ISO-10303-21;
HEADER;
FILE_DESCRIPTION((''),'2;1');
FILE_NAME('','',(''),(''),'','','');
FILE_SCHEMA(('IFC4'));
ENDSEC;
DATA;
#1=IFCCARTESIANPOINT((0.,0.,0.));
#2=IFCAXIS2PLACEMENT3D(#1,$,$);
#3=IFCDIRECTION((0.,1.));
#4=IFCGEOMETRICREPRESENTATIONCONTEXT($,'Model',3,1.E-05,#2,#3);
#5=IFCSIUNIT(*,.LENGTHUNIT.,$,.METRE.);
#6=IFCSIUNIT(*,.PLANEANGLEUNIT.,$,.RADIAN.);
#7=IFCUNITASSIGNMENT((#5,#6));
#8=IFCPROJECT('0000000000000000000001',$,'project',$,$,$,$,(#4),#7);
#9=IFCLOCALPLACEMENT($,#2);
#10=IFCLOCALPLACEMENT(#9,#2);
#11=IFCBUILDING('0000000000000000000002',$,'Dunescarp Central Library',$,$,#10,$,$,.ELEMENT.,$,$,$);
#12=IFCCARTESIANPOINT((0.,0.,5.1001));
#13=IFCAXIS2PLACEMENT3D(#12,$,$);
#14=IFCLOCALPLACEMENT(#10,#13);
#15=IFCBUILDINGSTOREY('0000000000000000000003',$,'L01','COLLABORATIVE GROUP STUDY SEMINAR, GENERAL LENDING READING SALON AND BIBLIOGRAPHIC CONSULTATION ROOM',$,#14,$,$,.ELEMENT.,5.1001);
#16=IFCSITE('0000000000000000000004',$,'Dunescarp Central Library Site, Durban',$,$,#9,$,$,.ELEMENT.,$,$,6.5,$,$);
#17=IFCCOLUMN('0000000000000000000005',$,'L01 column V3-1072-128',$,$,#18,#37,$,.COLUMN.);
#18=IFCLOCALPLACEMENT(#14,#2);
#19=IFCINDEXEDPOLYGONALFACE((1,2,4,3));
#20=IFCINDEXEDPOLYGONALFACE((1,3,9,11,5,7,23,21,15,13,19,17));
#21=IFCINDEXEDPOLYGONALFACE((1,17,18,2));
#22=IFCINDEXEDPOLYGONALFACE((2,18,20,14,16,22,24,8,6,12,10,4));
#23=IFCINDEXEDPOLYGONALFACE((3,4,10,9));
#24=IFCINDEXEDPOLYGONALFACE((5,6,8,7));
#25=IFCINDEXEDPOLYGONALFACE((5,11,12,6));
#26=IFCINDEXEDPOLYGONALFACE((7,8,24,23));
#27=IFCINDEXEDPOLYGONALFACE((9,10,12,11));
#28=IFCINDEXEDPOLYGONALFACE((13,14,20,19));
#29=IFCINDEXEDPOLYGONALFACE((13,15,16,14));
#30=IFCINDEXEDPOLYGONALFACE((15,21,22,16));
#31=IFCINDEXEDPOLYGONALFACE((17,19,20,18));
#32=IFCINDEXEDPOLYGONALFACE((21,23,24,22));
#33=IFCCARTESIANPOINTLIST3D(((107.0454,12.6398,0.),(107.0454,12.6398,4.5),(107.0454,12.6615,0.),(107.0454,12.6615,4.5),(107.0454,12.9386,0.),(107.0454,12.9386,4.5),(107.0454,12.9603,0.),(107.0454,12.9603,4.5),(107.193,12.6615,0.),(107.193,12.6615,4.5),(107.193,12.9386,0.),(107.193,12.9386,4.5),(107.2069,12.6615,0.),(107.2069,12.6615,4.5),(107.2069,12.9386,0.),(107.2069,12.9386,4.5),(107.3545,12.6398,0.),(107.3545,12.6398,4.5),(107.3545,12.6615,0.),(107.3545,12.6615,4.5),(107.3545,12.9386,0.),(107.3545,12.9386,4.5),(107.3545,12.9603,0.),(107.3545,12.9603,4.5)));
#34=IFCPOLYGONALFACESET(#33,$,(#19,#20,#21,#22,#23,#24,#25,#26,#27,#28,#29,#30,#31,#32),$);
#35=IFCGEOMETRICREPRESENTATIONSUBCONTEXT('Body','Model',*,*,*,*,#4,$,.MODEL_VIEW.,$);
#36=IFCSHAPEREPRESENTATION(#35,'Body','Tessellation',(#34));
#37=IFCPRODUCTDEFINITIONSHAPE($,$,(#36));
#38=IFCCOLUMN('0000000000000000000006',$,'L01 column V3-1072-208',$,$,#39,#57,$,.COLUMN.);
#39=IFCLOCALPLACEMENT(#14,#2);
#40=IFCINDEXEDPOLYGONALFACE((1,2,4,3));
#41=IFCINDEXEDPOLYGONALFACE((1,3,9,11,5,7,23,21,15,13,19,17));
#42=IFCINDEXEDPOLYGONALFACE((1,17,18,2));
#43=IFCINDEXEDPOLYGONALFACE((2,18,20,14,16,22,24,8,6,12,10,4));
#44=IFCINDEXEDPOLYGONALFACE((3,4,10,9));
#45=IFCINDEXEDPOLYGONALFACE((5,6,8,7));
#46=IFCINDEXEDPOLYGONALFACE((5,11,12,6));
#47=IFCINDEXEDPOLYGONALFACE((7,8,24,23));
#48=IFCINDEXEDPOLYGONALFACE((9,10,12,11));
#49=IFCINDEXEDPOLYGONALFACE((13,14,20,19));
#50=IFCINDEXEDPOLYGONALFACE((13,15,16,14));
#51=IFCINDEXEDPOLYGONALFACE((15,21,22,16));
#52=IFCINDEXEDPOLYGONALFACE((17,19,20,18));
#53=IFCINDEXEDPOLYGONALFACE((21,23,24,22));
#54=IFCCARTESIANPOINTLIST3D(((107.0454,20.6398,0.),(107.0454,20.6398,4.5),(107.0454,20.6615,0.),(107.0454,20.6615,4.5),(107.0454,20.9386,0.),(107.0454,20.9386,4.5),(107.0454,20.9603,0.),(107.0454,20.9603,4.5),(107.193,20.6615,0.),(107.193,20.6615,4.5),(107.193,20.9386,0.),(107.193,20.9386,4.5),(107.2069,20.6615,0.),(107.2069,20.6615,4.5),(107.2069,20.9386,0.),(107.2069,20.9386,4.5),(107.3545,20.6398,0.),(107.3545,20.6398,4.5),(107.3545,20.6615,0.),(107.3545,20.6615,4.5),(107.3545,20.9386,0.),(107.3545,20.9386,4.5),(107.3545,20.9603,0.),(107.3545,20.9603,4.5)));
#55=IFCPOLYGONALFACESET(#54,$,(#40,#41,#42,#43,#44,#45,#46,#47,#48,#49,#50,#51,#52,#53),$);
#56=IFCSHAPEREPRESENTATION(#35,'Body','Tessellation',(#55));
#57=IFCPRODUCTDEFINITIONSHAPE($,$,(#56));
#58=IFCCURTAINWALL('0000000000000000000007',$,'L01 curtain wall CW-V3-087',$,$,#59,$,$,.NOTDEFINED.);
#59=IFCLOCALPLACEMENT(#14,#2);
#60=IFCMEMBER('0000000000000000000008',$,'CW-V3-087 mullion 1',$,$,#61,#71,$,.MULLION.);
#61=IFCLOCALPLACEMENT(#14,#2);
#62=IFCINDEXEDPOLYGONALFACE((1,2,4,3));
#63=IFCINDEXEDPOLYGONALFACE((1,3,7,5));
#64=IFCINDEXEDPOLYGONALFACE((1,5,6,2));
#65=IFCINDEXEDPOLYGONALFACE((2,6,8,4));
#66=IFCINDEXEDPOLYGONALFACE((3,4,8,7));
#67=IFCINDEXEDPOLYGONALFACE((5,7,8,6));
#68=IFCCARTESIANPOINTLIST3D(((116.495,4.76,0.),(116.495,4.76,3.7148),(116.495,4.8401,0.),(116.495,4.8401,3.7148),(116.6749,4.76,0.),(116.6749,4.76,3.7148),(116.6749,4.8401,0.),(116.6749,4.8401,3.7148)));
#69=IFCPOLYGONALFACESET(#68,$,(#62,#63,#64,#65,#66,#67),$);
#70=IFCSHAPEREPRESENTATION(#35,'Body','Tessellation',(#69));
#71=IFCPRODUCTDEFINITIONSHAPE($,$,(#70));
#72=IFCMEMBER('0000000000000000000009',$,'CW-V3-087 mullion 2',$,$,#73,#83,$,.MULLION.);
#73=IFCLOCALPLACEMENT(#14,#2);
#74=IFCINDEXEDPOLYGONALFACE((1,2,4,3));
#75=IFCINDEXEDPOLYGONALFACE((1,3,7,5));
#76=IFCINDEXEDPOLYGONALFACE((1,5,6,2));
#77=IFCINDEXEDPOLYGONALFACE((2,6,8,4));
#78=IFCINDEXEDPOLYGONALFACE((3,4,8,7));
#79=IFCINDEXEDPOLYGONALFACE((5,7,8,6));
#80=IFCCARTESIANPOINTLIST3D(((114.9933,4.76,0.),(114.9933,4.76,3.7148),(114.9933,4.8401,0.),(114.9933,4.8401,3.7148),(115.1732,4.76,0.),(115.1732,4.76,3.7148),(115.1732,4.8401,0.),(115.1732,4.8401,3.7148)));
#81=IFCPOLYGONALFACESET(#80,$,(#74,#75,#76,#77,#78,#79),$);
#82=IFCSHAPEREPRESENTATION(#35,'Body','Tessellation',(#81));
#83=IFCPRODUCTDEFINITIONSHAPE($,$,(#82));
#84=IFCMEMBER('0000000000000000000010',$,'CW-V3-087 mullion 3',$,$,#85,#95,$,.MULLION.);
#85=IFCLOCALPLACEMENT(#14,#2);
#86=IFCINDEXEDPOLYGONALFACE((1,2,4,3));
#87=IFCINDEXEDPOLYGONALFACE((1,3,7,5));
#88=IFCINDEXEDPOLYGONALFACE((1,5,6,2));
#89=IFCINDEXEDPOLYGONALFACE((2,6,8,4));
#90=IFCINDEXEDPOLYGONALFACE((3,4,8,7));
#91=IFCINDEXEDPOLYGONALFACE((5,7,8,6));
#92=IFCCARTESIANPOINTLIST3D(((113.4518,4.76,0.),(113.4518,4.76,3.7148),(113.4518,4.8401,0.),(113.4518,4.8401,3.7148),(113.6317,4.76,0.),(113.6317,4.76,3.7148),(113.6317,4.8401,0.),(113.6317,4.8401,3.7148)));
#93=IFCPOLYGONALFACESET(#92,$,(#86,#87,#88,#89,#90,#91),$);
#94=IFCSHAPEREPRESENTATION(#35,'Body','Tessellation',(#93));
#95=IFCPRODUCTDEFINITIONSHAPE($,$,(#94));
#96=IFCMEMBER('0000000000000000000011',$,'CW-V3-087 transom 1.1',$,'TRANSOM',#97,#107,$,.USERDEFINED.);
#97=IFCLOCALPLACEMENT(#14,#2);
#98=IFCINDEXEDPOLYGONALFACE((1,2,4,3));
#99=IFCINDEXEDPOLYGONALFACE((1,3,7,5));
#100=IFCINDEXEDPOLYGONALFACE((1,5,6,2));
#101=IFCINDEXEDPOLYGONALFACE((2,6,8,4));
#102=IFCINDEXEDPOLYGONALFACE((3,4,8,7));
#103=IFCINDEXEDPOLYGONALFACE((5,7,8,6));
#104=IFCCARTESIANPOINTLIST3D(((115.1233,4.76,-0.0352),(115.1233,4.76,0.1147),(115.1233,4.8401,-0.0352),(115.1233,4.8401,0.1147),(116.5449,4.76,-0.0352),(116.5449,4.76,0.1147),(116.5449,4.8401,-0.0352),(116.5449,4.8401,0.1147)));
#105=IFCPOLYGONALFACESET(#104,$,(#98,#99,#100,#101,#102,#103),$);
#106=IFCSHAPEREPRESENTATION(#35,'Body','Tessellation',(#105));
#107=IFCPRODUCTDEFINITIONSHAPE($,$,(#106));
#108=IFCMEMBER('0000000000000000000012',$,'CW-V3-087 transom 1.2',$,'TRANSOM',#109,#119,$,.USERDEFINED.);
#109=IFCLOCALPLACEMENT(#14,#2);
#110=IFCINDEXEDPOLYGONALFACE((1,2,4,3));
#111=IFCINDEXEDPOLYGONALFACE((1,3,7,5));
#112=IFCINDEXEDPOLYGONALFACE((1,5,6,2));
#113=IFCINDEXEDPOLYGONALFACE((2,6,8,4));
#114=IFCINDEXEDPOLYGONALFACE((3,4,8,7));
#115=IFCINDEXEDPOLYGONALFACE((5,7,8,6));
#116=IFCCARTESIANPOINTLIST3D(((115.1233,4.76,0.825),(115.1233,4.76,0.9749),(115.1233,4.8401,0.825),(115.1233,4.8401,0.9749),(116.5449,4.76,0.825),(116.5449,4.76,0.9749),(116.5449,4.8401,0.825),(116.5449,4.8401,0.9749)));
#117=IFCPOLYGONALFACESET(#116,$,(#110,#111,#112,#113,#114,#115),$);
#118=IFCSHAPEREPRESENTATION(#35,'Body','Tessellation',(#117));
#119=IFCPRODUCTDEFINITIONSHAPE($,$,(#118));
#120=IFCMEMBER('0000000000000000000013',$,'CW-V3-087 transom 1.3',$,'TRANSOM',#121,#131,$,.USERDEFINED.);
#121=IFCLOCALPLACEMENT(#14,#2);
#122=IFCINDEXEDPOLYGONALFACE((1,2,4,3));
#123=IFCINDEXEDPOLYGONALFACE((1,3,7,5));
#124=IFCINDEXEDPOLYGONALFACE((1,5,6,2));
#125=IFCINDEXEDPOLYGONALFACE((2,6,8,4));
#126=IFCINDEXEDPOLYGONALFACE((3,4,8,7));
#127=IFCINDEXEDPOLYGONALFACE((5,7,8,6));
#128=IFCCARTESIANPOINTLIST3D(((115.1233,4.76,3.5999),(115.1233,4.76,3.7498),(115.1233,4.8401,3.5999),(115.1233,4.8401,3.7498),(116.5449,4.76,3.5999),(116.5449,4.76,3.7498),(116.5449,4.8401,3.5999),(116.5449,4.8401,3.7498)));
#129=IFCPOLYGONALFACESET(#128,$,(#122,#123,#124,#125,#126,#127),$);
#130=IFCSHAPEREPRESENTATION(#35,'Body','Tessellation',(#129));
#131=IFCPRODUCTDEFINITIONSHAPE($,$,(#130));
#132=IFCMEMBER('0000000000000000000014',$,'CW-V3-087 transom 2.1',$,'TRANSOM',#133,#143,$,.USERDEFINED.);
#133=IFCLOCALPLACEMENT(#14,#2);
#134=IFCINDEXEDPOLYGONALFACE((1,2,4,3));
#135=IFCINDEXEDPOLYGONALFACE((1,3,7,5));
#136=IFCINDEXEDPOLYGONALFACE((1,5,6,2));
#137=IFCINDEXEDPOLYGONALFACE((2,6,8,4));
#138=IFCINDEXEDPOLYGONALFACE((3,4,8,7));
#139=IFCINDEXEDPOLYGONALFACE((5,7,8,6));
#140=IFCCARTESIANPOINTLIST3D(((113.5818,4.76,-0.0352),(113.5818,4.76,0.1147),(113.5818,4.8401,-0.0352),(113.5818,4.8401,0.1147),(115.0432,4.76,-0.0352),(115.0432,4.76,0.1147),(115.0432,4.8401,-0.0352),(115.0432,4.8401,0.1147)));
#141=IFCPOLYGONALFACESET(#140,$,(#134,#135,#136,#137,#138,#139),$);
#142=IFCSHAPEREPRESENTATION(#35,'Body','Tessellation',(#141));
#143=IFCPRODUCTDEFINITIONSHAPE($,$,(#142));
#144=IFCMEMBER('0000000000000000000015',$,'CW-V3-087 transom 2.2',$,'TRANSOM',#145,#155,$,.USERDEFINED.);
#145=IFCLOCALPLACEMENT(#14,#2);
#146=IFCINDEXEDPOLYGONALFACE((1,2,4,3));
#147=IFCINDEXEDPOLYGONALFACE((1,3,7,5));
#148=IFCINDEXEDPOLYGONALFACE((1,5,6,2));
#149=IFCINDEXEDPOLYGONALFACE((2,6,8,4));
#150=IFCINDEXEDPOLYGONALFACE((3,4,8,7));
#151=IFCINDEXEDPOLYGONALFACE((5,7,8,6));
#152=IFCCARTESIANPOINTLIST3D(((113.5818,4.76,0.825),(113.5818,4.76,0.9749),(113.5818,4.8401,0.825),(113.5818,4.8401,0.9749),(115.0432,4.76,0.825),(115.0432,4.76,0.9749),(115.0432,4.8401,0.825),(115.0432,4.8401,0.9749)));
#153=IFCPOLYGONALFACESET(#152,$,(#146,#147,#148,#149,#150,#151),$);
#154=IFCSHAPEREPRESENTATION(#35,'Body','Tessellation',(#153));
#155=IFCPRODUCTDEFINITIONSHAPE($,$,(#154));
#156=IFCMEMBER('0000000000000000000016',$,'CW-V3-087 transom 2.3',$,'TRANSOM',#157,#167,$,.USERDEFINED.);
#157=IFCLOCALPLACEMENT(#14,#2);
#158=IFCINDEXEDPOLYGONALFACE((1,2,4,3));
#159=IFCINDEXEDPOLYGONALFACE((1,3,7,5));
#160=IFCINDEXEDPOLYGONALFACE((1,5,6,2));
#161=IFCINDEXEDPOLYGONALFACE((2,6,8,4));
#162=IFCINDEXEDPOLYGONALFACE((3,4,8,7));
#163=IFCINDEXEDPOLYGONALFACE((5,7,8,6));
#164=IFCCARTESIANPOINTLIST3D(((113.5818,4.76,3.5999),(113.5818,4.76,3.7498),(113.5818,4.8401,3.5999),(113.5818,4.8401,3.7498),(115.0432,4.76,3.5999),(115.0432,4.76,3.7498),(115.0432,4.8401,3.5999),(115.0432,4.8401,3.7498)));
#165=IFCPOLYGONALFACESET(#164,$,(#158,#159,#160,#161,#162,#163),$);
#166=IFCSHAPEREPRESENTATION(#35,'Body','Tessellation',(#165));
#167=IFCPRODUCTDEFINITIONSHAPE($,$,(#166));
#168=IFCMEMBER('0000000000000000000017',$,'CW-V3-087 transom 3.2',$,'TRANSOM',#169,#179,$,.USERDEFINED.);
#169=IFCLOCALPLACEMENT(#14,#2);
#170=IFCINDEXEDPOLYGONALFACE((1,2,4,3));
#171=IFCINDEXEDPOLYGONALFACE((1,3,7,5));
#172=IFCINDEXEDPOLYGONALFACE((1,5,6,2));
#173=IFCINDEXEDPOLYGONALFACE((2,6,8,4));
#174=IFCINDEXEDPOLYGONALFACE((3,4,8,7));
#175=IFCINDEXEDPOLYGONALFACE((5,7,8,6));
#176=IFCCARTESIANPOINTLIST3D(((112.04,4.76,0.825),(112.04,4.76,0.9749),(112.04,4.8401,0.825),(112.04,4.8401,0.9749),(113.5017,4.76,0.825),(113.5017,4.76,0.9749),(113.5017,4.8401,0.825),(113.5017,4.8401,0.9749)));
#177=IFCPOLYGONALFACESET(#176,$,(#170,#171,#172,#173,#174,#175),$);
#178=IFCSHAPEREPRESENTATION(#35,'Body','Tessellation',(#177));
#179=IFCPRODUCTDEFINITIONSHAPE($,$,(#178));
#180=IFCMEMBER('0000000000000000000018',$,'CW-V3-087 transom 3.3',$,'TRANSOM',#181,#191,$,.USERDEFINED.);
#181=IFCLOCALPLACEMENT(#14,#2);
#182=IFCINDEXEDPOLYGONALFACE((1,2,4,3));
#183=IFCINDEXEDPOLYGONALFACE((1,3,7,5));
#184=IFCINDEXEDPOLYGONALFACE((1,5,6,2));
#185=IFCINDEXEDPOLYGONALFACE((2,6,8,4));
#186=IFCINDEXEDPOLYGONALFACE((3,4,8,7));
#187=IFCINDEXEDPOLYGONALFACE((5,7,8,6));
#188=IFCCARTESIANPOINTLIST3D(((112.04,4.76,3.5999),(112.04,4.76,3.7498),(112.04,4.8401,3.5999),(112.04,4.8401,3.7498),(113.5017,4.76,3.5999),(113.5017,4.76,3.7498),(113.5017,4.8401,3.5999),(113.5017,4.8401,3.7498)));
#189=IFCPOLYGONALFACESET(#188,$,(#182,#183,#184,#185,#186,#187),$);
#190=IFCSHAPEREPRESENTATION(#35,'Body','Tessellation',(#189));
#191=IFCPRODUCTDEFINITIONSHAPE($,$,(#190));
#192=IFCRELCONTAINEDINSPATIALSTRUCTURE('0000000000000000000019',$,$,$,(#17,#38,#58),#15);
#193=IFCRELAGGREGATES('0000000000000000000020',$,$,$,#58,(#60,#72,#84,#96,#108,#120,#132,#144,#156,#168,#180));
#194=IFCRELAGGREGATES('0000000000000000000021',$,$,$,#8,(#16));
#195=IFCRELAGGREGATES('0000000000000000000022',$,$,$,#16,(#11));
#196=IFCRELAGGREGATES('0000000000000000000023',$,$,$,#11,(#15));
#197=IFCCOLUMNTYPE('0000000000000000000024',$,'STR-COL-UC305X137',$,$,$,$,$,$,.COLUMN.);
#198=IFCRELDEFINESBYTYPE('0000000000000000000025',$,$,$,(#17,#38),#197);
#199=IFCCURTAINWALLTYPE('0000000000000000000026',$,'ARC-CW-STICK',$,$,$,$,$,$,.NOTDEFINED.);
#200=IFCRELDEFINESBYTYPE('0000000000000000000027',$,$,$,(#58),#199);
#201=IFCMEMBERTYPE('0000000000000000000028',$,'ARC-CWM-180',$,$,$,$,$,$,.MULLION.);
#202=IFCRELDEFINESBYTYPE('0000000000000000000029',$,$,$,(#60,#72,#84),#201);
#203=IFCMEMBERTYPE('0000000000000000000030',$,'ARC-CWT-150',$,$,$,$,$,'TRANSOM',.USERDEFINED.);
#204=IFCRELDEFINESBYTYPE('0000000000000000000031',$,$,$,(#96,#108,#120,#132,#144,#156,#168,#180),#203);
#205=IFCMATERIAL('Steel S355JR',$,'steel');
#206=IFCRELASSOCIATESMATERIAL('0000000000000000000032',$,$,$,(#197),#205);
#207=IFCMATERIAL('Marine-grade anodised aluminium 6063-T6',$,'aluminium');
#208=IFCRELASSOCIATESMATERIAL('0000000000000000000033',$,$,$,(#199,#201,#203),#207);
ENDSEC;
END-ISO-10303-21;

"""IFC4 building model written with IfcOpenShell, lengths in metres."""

from ifc_helpers import new_model, si_unit, direction, frame, origin, origin_2d, place, context, subcontext, project, spatial, rectangle, i_section, extrude, material, material_profile, profile_set, type_object, element, aggregate, save


model = new_model("IFC4")

# Units and contexts
model_context = context("Model", 3, precision=1e-05, world=origin(), true_north=direction((0.0, 1.0)))
body_context = subcontext(model_context, "Body", "Model", "MODEL_VIEW")
ifc_project = project(units=[si_unit("LENGTHUNIT", "METRE"), si_unit("PLANEANGLEUNIT", "RADIAN")], contexts=[model_context])

# Site, building, storey
site_placement = place(None, origin())
site = spatial("IfcSite", under=ifc_project, at=site_placement, Name="Dunescarp Central Library Site, Durban", CompositionType="ELEMENT", RefElevation=6.5)
building_placement = place(site_placement, origin())
building = spatial("IfcBuilding", under=site, at=building_placement, Name="Dunescarp Central Library", CompositionType="ELEMENT")
storey_placement = place(building_placement, frame((0.0, 0.0, 5.1001)))
storey = spatial("IfcBuildingStorey", under=building, at=storey_placement, Name="L01", Description="COLLABORATIVE GROUP STUDY SEMINAR, GENERAL LENDING READING SALON AND BIBLIOGRAPHIC CONSULTATION ROOM", CompositionType="ELEMENT", Elevation=5.1001)

# Columns
ifc_material_1 = material(Name="Steel S355JR", Category="steel")
ifc_material_profile_1 = material_profile(ifc_material_1, i_section(OverallWidth=0.3091, OverallDepth=0.3206, WebThickness=0.0139, FlangeThickness=0.0217, at=origin_2d()), Name="UC 305x305x137")
ifc_profile_set_1 = profile_set([ifc_material_profile_1], Name="Steel S355JR")
column_type = type_object("IfcColumnType", Name="STR-COL-UC305X137", PredefinedType="COLUMN", material=ifc_profile_set_1)
for number, where, z_axis, x_axis, name in (
    (1, (107.2, 12.8, 0.0), (0.0, 0.0, 1.0), (1.0, 0.0, 0.0), "L01 column V3-1072-128"),
    (2, (107.2, 20.8, 0.0), (0.0, 0.0, 1.0), (1.0, 0.0, 0.0), "L01 column V3-1072-208"),
):
    element("IfcColumn", number, at=place(storey_placement, frame(where, z_axis=z_axis, x_axis=x_axis)), inside=storey, type_object=column_type, Name=name, PredefinedType="COLUMN", context=body_context, shape_type="SweptSolid", body=[
        extrude(i_section(OverallWidth=0.3091, OverallDepth=0.3206, WebThickness=0.0139, FlangeThickness=0.0217, at=origin_2d()), origin(), (0.0, 0.0, 1.0), 4.5),
    ])

# Curtain wall, members
ifc_material_2 = material(Name="Marine-grade anodised aluminium 6063-T6", Category="aluminium")
curtain_wall_type = type_object("IfcCurtainWallType", Name="ARC-CW-STICK", PredefinedType="NOTDEFINED", material=ifc_material_2)
curtain_wall_placement = place(storey_placement, origin())
curtain_wall = element("IfcCurtainWall", 3, at=curtain_wall_placement, inside=storey, type_object=curtain_wall_type, Name="L01 curtain wall CW-V3-087", PredefinedType="NOTDEFINED")
ifc_material_profile_2 = material_profile(ifc_material_2, rectangle(XDim=0.0801, YDim=0.1799, at=origin_2d()), Name="AL 80x180")
ifc_profile_set_2 = profile_set([ifc_material_profile_2], Name="Marine-grade anodised aluminium 6063-T6")
member_type_1 = type_object("IfcMemberType", Name="ARC-CWM-180", PredefinedType="MULLION", material=ifc_profile_set_2)
member_1_placement = place(storey_placement, frame((116.585, 4.8, 0.0), z_axis=(0.0, 0.0, 1.0), x_axis=(0.0, -1.0, 0.0)))
member_1 = element("IfcMember", 4, at=member_1_placement, type_object=member_type_1, Name="CW-V3-087 mullion 1", PredefinedType="MULLION", context=body_context, shape_type="SweptSolid", body=[
    extrude(rectangle(XDim=0.0801, YDim=0.1799, at=origin_2d()), origin(), (0.0, 0.0, 1.0), 3.7148),
])
member_2_placement = place(storey_placement, frame((115.0833, 4.8, 0.0), z_axis=(0.0, 0.0, 1.0), x_axis=(0.0, -1.0, 0.0)))
member_2 = element("IfcMember", 5, at=member_2_placement, type_object=member_type_1, Name="CW-V3-087 mullion 2", PredefinedType="MULLION", context=body_context, shape_type="SweptSolid", body=[
    extrude(rectangle(XDim=0.0801, YDim=0.1799, at=origin_2d()), origin(), (0.0, 0.0, 1.0), 3.7148),
])
member_3_placement = place(storey_placement, frame((113.5417, 4.8, 0.0), z_axis=(0.0, 0.0, 1.0), x_axis=(0.0, -1.0, 0.0)))
member_3 = element("IfcMember", 6, at=member_3_placement, type_object=member_type_1, Name="CW-V3-087 mullion 3", PredefinedType="MULLION", context=body_context, shape_type="SweptSolid", body=[
    extrude(rectangle(XDim=0.0801, YDim=0.1799, at=origin_2d()), origin(), (0.0, 0.0, 1.0), 3.7148),
])
ifc_material_profile_3 = material_profile(ifc_material_2, rectangle(XDim=0.0801, YDim=0.1499, at=origin_2d()), Name="AL 80x150")
ifc_profile_set_3 = profile_set([ifc_material_profile_3], Name="Marine-grade anodised aluminium 6063-T6")
member_type_2 = type_object("IfcMemberType", Name="ARC-CWT-150", ElementType="TRANSOM", PredefinedType="USERDEFINED", material=ifc_profile_set_3)
member_4_placement = place(storey_placement, frame((116.5449, 4.8, 0.0398), z_axis=(-1.0, 0.0, 0.0), x_axis=(0.0, -1.0, 0.0)))
member_4 = element("IfcMember", 7, at=member_4_placement, type_object=member_type_2, Name="CW-V3-087 transom 1.1", ObjectType="TRANSOM", PredefinedType="USERDEFINED", context=body_context, shape_type="SweptSolid", body=[
    extrude(rectangle(XDim=0.0801, YDim=0.1499, at=origin_2d()), origin(), (0.0, 0.0, 1.0), 1.4216),
])
member_5_placement = place(storey_placement, frame((116.5449, 4.8, 0.8999), z_axis=(-1.0, 0.0, 0.0), x_axis=(0.0, -1.0, 0.0)))
member_5 = element("IfcMember", 8, at=member_5_placement, type_object=member_type_2, Name="CW-V3-087 transom 1.2", ObjectType="TRANSOM", PredefinedType="USERDEFINED", context=body_context, shape_type="SweptSolid", body=[
    extrude(rectangle(XDim=0.0801, YDim=0.1499, at=origin_2d()), origin(), (0.0, 0.0, 1.0), 1.4216),
])
member_6_placement = place(storey_placement, frame((116.5449, 4.8, 3.6748), z_axis=(-1.0, 0.0, 0.0), x_axis=(0.0, -1.0, 0.0)))
member_6 = element("IfcMember", 9, at=member_6_placement, type_object=member_type_2, Name="CW-V3-087 transom 1.3", ObjectType="TRANSOM", PredefinedType="USERDEFINED", context=body_context, shape_type="SweptSolid", body=[
    extrude(rectangle(XDim=0.0801, YDim=0.1499, at=origin_2d()), origin(), (0.0, 0.0, 1.0), 1.4216),
])
member_7_placement = place(storey_placement, frame((115.0432, 4.8, 0.0398), z_axis=(-1.0, 0.0, 0.0), x_axis=(0.0, -1.0, 0.0)))
member_7 = element("IfcMember", 10, at=member_7_placement, type_object=member_type_2, Name="CW-V3-087 transom 2.1", ObjectType="TRANSOM", PredefinedType="USERDEFINED", context=body_context, shape_type="SweptSolid", body=[
    extrude(rectangle(XDim=0.0801, YDim=0.1499, at=origin_2d()), origin(), (0.0, 0.0, 1.0), 1.4614),
])
member_8_placement = place(storey_placement, frame((115.0432, 4.8, 0.8999), z_axis=(-1.0, 0.0, 0.0), x_axis=(0.0, -1.0, 0.0)))
member_8 = element("IfcMember", 11, at=member_8_placement, type_object=member_type_2, Name="CW-V3-087 transom 2.2", ObjectType="TRANSOM", PredefinedType="USERDEFINED", context=body_context, shape_type="SweptSolid", body=[
    extrude(rectangle(XDim=0.0801, YDim=0.1499, at=origin_2d()), origin(), (0.0, 0.0, 1.0), 1.4614),
])
member_9_placement = place(storey_placement, frame((115.0432, 4.8, 3.6748), z_axis=(-1.0, 0.0, 0.0), x_axis=(0.0, -1.0, 0.0)))
member_9 = element("IfcMember", 12, at=member_9_placement, type_object=member_type_2, Name="CW-V3-087 transom 2.3", ObjectType="TRANSOM", PredefinedType="USERDEFINED", context=body_context, shape_type="SweptSolid", body=[
    extrude(rectangle(XDim=0.0801, YDim=0.1499, at=origin_2d()), origin(), (0.0, 0.0, 1.0), 1.4614),
])
member_10_placement = place(storey_placement, frame((113.5017, 4.8, 0.8999), z_axis=(-1.0, 0.0, 0.0), x_axis=(0.0, -1.0, 0.0)))
member_10 = element("IfcMember", 13, at=member_10_placement, type_object=member_type_2, Name="CW-V3-087 transom 3.2", ObjectType="TRANSOM", PredefinedType="USERDEFINED", context=body_context, shape_type="SweptSolid", body=[
    extrude(rectangle(XDim=0.0801, YDim=0.1499, at=origin_2d()), origin(), (0.0, 0.0, 1.0), 1.4617),
])
member_11_placement = place(storey_placement, frame((113.5017, 4.8, 3.6748), z_axis=(-1.0, 0.0, 0.0), x_axis=(0.0, -1.0, 0.0)))
member_11 = element("IfcMember", 14, at=member_11_placement, type_object=member_type_2, Name="CW-V3-087 transom 3.3", ObjectType="TRANSOM", PredefinedType="USERDEFINED", context=body_context, shape_type="SweptSolid", body=[
    extrude(rectangle(XDim=0.0801, YDim=0.1499, at=origin_2d()), origin(), (0.0, 0.0, 1.0), 1.4617),
])

aggregate(curtain_wall, [member_1, member_2, member_3, member_4, member_5, member_6, member_7, member_8, member_9, member_10, member_11])

save(model, "model.ifc")
